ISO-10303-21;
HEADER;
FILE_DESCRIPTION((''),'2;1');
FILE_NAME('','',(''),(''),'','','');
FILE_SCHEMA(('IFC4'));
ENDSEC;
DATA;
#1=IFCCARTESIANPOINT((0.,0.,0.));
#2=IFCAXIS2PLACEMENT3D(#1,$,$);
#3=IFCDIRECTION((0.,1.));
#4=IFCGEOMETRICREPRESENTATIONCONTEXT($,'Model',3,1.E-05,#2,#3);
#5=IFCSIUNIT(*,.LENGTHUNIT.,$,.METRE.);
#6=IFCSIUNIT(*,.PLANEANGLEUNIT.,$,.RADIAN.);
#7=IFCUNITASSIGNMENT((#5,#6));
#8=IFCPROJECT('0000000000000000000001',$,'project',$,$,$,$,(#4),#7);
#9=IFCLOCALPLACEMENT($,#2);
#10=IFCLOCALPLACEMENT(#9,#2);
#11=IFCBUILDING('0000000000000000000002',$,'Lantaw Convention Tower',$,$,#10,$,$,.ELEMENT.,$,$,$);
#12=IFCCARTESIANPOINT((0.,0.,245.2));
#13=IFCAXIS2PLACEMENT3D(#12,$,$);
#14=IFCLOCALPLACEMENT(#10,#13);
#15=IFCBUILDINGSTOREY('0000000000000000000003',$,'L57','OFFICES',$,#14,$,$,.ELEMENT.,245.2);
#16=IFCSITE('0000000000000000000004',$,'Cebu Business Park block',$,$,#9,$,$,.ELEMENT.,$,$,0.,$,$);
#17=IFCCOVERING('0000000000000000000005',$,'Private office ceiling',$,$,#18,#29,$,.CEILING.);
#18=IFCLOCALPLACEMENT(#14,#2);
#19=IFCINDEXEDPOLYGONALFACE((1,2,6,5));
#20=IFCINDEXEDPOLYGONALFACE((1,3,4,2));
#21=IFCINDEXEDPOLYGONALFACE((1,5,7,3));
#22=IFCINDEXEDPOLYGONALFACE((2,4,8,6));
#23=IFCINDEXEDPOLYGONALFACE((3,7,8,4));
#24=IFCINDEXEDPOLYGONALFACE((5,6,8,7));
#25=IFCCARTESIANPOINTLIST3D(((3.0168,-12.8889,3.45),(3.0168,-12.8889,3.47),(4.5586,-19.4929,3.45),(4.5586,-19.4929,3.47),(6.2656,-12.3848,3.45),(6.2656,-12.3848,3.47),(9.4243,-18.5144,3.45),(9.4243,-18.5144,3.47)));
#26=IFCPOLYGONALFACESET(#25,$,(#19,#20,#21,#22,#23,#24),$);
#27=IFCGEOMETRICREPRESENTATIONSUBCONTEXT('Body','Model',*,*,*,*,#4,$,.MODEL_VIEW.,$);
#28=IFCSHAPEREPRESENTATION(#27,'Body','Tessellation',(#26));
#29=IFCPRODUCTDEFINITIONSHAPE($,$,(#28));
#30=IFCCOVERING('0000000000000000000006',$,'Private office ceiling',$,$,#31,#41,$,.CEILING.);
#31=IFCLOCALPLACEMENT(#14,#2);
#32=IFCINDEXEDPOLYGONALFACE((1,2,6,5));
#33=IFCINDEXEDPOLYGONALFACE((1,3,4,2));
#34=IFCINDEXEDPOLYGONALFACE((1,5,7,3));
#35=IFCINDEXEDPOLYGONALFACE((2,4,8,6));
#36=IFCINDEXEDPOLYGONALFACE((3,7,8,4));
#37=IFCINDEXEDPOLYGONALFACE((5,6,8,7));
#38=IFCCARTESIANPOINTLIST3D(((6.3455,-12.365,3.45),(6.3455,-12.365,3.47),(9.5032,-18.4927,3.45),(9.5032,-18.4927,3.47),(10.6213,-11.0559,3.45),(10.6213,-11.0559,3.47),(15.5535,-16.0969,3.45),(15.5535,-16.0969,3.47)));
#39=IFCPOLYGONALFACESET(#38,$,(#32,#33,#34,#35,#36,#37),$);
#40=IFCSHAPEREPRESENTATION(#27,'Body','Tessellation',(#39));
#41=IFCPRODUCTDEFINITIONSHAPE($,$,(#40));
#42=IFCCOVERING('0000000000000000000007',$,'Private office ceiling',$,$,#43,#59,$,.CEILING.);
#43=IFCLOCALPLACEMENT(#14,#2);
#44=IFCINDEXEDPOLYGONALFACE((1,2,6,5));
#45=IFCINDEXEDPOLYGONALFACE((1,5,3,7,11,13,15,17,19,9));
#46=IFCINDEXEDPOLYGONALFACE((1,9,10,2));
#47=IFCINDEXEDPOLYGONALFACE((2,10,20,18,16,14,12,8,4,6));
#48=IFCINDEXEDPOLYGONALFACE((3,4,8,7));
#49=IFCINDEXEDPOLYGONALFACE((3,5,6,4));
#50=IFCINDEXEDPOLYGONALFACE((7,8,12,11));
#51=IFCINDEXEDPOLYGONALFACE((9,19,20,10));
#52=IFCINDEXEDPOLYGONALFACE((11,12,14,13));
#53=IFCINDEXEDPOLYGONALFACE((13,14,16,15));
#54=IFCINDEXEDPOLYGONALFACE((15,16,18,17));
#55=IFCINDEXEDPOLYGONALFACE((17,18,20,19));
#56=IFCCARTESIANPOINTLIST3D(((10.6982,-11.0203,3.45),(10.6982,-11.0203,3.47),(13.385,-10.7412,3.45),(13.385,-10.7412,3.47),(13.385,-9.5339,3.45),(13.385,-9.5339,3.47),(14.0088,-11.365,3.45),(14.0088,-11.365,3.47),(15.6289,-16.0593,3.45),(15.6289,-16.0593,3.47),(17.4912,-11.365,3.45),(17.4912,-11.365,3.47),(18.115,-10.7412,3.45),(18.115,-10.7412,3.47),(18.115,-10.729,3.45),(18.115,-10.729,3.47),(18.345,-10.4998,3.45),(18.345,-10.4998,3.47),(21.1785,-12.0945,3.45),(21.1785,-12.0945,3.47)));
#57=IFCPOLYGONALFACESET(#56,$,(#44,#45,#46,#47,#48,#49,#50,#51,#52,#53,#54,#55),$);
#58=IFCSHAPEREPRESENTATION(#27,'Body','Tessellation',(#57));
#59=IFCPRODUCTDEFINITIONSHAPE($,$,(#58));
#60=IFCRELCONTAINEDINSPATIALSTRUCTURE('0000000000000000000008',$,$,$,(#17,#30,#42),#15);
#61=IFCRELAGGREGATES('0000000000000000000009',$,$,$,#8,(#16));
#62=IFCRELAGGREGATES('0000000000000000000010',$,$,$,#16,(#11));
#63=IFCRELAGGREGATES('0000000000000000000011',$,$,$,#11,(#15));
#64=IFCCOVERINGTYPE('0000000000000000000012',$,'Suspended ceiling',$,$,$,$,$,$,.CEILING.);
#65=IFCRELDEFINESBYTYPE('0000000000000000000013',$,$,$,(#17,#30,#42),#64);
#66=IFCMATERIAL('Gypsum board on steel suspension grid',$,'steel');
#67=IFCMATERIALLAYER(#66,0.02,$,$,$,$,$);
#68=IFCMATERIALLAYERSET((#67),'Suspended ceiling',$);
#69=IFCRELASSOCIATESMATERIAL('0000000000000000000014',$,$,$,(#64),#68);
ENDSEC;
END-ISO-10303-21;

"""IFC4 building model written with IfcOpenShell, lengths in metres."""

from ifc_helpers import new_model, si_unit, direction, frame, origin, place, context, subcontext, project, spatial, polyline, outline, extrude, material, layer, layer_set, type_object, element, save


model = new_model("IFC4")

# Units and contexts
model_context = context("Model", 3, precision=1e-05, world=origin(), true_north=direction((0.0, 1.0)))
body_context = subcontext(model_context, "Body", "Model", "MODEL_VIEW")
ifc_project = project(units=[si_unit("LENGTHUNIT", "METRE"), si_unit("PLANEANGLEUNIT", "RADIAN")], contexts=[model_context])

# Site, building, storey
site_placement = place(None, origin())
site = spatial("IfcSite", under=ifc_project, at=site_placement, Name="Cebu Business Park block", CompositionType="ELEMENT", RefElevation=0.0)
building_placement = place(site_placement, origin())
building = spatial("IfcBuilding", under=site, at=building_placement, Name="Lantaw Convention Tower", CompositionType="ELEMENT")
storey_placement = place(building_placement, frame((0.0, 0.0, 245.2)))
storey = spatial("IfcBuildingStorey", under=building, at=storey_placement, Name="L57", Description="OFFICES", CompositionType="ELEMENT", Elevation=245.2)

# Coverings
ifc_material_1 = material(Name="Gypsum board on steel suspension grid", Category="steel")
ifc_layer_1 = layer(ifc_material_1, 0.02)
ifc_layer_set_1 = layer_set([ifc_layer_1], Name="Suspended ceiling")
covering_type = type_object("IfcCoveringType", Name="Suspended ceiling", PredefinedType="CEILING", material=ifc_layer_set_1)
covering_1_placement = place(storey_placement, frame((0.0, 0.0, 3.45)))
element("IfcCovering", 1, at=covering_1_placement, inside=storey, type_object=covering_type, Name="Private office ceiling", PredefinedType="CEILING", context=body_context, shape_type="SweptSolid", body=[
    extrude(outline(polyline([(3.0168, -12.8889), (4.5586, -19.4929), (9.4243, -18.5144), (6.2656, -12.3848), (3.0168, -12.8889)])), origin(), (0.0, 0.0, 1.0), 0.02),
])
covering_2_placement = place(storey_placement, frame((0.0, 0.0, 3.45)))
element("IfcCovering", 2, at=covering_2_placement, inside=storey, type_object=covering_type, Name="Private office ceiling", PredefinedType="CEILING", context=body_context, shape_type="SweptSolid", body=[
    extrude(outline(polyline([(6.3455, -12.365), (9.5032, -18.4927), (15.5535, -16.0969), (10.6213, -11.0559), (6.3455, -12.365)])), origin(), (0.0, 0.0, 1.0), 0.02),
])
covering_3_placement = place(storey_placement, frame((0.0, 0.0, 3.45)))
element("IfcCovering", 3, at=covering_3_placement, inside=storey, type_object=covering_type, Name="Private office ceiling", PredefinedType="CEILING", context=body_context, shape_type="SweptSolid", body=[
    extrude(outline(polyline([(13.385, -10.7412), (13.385, -9.5339), (10.6982, -11.0203), (15.6289, -16.0593), (21.1785, -12.0945), (18.345, -10.4998), (18.115, -10.729), (18.115, -10.7412), (17.4912, -11.365), (14.0088, -11.365), (13.385, -10.7412)])), origin(), (0.0, 0.0, 1.0), 0.02),
])

save(model, "model.ifc")
